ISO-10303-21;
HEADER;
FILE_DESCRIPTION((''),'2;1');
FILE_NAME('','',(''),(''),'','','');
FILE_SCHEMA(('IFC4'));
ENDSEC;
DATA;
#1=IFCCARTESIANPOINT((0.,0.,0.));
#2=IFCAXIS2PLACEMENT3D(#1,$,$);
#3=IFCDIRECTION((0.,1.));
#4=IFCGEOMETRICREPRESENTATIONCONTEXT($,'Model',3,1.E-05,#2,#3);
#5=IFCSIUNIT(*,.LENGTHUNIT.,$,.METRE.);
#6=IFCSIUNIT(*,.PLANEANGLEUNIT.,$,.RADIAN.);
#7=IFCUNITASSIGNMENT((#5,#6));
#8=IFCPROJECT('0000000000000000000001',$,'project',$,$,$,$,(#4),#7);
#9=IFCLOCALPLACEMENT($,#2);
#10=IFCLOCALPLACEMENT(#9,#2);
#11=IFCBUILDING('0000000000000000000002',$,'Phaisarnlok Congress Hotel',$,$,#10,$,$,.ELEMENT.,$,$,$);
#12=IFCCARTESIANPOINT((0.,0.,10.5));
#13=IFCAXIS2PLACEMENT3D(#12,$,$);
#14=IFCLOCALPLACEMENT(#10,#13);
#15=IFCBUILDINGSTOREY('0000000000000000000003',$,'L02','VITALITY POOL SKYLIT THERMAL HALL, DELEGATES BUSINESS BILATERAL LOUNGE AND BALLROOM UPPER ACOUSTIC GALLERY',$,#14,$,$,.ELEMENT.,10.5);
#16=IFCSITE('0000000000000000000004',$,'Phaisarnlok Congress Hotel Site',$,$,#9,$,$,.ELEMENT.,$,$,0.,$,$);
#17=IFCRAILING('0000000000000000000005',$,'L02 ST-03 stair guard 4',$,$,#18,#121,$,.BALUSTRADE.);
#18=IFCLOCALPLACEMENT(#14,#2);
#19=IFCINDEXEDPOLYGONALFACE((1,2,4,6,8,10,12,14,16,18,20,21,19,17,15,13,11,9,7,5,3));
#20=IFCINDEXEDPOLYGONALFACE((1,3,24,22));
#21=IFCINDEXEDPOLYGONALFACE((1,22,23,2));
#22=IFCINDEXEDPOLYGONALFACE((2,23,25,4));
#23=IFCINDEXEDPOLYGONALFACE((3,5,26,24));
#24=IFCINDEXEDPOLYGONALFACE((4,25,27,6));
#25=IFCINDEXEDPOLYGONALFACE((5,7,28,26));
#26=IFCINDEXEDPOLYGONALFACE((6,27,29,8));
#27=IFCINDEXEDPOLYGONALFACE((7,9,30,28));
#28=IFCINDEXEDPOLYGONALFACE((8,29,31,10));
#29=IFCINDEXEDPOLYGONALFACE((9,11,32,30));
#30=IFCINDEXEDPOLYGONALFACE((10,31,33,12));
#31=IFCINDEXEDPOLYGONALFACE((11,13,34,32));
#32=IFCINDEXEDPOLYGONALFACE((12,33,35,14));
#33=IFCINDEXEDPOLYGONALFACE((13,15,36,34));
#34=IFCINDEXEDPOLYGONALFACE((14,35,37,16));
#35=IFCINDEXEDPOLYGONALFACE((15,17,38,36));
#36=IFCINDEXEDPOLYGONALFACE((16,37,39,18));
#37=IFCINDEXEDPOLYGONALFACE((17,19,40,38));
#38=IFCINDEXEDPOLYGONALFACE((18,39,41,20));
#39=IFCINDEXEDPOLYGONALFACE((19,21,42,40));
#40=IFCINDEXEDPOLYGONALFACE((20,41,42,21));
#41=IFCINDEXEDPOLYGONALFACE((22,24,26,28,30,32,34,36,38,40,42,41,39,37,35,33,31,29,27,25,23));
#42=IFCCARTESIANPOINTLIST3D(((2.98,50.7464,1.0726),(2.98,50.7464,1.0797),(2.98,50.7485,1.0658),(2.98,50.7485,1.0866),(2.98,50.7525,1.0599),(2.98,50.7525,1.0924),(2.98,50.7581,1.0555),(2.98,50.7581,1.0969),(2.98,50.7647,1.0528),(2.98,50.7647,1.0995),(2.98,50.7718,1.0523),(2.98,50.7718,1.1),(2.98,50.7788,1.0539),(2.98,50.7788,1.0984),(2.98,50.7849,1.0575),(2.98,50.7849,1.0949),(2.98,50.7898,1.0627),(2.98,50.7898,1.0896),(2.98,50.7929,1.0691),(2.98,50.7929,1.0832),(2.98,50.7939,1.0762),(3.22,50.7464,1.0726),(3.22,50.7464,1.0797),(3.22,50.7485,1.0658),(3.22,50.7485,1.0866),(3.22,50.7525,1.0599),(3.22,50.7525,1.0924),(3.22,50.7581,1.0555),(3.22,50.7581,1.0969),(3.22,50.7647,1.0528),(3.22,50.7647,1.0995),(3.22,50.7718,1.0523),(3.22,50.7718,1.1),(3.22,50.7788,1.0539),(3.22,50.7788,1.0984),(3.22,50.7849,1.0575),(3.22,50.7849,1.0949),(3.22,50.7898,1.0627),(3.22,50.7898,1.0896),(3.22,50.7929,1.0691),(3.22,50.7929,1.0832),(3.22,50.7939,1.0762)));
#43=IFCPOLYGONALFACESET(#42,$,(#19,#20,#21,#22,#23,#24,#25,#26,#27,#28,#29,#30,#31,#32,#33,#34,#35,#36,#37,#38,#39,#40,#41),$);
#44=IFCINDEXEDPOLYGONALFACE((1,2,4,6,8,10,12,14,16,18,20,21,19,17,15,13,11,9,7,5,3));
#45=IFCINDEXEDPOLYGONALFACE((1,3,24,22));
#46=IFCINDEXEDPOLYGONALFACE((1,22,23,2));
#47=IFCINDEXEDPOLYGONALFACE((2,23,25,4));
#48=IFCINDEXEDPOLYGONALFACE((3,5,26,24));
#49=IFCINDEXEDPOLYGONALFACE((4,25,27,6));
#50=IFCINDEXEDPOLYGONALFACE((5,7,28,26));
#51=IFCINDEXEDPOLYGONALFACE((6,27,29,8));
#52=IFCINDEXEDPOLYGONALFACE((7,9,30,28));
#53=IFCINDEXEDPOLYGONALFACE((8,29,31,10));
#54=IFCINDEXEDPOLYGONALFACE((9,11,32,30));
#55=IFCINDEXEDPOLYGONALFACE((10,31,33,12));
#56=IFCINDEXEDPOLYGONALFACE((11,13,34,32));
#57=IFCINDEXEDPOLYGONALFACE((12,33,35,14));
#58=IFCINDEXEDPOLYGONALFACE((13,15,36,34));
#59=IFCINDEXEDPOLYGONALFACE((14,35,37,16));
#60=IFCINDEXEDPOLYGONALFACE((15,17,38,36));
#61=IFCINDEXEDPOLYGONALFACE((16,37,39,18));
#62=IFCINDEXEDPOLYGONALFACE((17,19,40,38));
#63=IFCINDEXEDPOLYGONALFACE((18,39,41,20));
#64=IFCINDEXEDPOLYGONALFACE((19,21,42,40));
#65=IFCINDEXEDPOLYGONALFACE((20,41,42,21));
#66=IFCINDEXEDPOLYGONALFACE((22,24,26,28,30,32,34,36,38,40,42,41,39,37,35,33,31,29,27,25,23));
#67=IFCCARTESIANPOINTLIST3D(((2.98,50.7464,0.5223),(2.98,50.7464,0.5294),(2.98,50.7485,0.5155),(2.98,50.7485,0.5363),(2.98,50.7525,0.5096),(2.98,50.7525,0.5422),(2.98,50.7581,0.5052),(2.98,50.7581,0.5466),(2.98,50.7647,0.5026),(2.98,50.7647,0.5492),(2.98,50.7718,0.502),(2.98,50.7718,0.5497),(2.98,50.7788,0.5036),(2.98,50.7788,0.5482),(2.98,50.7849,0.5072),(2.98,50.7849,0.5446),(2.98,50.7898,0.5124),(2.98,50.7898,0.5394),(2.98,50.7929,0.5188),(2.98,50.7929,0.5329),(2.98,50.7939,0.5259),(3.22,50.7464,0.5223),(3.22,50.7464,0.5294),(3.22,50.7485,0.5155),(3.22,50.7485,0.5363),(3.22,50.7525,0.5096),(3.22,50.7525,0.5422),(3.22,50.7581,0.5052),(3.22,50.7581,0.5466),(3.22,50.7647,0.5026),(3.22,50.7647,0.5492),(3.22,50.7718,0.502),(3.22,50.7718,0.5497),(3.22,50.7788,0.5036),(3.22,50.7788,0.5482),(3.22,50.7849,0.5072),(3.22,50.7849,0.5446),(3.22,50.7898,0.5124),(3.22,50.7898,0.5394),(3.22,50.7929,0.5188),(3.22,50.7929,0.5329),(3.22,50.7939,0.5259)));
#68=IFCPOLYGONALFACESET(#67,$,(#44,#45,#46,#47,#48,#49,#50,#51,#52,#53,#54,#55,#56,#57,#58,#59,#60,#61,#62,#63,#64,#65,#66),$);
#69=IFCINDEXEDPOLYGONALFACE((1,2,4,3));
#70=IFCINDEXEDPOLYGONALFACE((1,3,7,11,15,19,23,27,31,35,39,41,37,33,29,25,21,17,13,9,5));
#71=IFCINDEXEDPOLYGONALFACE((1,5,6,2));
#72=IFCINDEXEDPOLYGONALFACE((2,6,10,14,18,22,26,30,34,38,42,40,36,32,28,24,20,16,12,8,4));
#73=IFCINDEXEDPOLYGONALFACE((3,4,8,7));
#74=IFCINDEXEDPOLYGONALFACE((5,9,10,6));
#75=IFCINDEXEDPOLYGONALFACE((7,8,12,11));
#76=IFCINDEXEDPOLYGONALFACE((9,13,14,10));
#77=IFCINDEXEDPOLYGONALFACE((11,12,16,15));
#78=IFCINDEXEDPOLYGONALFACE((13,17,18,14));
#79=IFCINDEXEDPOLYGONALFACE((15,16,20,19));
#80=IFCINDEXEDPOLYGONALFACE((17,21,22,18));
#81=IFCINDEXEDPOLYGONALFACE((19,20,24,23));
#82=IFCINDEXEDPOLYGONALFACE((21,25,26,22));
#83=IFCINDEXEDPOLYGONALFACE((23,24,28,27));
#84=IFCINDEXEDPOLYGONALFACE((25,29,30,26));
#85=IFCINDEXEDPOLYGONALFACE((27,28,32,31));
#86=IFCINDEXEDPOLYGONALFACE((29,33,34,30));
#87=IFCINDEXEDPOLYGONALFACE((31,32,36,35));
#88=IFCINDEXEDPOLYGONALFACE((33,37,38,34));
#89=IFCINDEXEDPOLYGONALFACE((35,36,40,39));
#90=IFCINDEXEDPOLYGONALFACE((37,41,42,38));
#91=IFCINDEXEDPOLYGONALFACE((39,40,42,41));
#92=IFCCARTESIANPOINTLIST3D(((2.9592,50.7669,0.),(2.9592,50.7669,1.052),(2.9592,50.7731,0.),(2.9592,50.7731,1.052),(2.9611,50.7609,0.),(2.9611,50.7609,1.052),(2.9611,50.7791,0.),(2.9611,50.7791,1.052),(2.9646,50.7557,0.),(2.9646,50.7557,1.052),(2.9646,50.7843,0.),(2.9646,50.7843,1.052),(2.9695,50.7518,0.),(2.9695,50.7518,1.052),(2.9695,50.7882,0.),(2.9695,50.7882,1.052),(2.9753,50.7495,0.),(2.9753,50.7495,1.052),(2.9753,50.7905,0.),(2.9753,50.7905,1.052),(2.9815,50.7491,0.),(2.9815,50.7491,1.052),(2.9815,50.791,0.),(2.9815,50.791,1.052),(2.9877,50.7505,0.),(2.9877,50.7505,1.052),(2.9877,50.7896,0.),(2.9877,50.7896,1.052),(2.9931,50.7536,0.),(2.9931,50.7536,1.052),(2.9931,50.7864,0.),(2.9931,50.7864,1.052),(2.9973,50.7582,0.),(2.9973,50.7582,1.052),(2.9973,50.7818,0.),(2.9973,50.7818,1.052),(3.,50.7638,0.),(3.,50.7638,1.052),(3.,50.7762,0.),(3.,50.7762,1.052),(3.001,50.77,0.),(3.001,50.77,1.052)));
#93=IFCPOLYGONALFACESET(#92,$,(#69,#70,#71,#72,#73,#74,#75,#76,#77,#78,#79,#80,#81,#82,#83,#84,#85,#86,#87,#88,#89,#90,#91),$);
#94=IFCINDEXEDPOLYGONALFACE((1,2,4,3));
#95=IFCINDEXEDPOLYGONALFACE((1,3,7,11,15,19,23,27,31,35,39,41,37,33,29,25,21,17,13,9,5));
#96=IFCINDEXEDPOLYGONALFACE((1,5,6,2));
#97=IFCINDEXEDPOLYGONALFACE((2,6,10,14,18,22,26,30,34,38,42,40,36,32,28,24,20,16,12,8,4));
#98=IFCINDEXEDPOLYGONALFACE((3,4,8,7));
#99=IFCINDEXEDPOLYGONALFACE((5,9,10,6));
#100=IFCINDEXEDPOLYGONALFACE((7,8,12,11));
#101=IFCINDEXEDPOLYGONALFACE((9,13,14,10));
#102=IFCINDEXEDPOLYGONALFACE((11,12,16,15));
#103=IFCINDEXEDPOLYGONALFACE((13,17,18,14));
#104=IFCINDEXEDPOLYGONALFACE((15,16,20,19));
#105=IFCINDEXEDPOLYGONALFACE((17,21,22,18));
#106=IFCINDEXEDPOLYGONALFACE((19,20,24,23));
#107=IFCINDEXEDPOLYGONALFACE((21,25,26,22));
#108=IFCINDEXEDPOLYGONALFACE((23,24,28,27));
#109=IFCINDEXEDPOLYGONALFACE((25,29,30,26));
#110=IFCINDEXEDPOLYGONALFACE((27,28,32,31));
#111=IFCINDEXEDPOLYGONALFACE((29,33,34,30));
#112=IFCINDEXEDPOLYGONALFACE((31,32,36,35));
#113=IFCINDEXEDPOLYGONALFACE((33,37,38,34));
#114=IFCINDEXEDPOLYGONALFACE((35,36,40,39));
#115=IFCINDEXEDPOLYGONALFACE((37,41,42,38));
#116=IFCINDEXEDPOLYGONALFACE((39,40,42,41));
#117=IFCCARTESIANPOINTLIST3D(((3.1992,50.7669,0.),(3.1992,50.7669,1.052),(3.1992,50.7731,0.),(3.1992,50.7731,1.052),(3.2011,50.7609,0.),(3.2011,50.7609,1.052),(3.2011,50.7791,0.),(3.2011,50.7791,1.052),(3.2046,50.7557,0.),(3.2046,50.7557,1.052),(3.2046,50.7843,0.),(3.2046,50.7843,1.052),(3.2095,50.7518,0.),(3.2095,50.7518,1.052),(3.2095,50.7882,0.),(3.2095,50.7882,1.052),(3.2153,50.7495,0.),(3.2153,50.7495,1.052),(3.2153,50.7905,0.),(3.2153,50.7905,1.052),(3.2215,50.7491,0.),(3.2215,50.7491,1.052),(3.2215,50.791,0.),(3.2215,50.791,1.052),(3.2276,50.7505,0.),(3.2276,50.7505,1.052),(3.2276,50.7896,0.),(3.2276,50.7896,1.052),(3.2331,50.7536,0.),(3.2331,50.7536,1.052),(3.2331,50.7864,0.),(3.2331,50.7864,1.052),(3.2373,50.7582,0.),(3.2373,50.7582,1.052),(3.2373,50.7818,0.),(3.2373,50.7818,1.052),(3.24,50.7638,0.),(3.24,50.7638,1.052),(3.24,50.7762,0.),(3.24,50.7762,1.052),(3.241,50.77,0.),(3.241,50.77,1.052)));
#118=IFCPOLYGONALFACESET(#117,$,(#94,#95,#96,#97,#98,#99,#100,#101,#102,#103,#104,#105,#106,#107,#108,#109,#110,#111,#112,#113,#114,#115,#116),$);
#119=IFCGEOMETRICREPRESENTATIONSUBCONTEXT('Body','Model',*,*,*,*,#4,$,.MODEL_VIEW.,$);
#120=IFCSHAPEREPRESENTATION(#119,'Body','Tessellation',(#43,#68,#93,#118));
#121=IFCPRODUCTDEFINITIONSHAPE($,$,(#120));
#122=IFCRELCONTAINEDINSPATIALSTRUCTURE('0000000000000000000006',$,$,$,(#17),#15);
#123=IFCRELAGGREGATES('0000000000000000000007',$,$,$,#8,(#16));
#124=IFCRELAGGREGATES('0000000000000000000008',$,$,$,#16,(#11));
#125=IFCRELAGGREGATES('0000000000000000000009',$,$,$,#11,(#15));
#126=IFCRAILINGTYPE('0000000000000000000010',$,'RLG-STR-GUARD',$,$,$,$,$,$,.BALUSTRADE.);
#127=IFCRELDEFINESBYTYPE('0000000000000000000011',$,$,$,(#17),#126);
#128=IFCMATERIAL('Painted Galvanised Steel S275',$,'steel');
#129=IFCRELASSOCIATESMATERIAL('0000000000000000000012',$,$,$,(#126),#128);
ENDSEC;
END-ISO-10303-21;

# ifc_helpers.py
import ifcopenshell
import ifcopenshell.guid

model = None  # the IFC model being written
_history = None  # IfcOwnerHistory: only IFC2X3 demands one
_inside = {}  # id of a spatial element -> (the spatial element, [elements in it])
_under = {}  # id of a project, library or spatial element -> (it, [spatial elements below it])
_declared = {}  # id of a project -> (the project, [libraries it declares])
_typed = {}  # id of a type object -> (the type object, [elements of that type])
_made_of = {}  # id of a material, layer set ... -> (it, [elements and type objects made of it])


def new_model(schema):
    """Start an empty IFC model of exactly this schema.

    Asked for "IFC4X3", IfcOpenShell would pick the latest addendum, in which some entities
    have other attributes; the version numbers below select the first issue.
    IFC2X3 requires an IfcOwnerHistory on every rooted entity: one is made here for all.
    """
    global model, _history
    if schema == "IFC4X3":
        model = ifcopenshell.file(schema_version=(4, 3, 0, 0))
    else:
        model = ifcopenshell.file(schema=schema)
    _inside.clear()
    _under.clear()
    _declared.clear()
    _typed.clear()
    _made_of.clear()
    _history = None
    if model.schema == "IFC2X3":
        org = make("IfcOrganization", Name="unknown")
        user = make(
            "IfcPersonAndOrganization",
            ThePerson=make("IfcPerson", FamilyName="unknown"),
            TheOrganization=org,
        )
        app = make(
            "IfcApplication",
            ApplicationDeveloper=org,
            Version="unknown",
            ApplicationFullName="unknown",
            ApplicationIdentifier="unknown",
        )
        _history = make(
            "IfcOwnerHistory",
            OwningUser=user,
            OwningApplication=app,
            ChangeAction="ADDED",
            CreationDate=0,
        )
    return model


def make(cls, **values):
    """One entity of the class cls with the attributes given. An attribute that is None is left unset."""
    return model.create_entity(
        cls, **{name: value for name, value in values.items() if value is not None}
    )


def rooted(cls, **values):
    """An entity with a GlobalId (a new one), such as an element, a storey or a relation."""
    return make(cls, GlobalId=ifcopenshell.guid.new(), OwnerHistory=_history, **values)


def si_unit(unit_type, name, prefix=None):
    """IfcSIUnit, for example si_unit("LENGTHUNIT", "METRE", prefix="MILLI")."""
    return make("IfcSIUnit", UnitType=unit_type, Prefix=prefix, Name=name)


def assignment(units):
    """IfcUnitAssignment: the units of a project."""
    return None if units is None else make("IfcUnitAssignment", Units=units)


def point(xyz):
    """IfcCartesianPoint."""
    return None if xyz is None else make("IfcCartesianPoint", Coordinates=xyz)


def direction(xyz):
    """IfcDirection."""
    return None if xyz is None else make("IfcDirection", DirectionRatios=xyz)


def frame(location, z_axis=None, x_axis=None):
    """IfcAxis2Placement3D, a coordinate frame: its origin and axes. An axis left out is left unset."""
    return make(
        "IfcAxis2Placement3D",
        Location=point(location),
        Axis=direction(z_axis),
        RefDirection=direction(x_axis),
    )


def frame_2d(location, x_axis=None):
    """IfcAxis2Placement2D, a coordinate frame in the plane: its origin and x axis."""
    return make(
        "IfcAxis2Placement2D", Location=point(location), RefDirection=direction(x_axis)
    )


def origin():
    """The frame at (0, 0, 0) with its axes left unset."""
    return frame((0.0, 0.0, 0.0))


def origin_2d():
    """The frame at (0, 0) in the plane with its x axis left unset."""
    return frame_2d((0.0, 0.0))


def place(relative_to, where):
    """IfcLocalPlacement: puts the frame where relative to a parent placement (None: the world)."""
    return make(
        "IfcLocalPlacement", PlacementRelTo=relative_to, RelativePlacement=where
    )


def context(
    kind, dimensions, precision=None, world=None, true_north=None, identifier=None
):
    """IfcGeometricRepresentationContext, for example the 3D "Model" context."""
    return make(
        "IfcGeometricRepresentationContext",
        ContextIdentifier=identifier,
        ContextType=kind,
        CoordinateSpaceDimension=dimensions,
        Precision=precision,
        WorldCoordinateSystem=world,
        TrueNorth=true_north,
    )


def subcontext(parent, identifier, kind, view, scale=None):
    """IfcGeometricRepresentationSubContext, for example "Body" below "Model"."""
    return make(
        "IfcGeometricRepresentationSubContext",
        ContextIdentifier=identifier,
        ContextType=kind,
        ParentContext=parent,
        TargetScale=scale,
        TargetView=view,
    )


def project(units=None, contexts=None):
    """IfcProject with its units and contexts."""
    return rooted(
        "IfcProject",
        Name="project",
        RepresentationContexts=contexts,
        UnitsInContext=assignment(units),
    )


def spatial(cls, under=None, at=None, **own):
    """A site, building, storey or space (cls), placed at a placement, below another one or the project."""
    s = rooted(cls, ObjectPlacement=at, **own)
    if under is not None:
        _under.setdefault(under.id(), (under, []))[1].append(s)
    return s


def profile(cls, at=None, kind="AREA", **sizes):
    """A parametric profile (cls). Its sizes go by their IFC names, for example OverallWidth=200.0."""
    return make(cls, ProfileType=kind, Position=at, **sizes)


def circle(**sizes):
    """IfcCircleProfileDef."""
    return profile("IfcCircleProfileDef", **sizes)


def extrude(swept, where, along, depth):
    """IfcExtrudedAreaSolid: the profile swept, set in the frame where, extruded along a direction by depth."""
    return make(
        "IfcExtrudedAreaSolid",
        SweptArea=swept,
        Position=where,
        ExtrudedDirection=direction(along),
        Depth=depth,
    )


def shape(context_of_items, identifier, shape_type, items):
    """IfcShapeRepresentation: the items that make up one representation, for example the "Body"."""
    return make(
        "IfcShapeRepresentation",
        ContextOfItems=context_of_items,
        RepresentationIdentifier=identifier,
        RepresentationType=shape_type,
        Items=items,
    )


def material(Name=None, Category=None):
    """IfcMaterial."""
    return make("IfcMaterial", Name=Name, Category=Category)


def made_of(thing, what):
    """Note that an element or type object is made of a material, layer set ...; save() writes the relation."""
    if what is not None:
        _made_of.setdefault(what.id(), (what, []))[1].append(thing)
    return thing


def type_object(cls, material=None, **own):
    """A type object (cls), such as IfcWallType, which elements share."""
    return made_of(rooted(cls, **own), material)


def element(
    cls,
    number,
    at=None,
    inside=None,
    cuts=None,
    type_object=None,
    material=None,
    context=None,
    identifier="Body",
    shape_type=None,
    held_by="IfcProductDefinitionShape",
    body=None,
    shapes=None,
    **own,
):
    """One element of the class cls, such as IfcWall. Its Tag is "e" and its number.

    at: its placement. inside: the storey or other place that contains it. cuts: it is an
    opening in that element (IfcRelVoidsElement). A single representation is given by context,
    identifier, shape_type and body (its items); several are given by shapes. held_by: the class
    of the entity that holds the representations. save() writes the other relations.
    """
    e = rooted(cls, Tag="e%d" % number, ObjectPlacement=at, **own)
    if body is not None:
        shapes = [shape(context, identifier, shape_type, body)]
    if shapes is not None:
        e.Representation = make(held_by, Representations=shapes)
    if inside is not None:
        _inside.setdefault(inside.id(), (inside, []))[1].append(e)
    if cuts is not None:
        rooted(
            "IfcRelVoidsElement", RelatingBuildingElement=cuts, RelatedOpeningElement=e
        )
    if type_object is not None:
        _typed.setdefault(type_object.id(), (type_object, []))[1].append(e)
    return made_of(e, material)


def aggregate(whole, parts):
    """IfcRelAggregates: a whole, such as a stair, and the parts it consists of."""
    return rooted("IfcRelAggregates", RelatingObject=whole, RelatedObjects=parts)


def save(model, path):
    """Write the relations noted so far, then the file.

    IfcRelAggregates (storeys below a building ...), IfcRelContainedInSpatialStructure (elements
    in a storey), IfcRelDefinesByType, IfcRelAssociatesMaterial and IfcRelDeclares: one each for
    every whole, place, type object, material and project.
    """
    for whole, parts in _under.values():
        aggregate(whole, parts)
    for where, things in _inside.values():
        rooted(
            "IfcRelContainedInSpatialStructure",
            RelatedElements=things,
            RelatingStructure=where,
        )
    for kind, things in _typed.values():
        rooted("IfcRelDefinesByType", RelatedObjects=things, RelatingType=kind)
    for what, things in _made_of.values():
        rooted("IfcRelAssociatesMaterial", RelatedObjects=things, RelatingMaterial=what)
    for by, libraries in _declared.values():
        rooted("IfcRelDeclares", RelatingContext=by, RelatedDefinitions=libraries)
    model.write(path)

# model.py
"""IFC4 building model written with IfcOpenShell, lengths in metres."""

from ifc_helpers import new_model, si_unit, direction, frame, origin, origin_2d, place, context, subcontext, project, spatial, circle, extrude, material, type_object, element, save


model = new_model("IFC4")

# Units and contexts
model_context = context("Model", 3, precision=1e-05, world=origin(), true_north=direction((0.0, 1.0)))
body_context = subcontext(model_context, "Body", "Model", "MODEL_VIEW")
ifc_project = project(units=[si_unit("LENGTHUNIT", "METRE"), si_unit("PLANEANGLEUNIT", "RADIAN")], contexts=[model_context])

# Site, building, storey
site_placement = place(None, origin())
site = spatial("IfcSite", under=ifc_project, at=site_placement, Name="Phaisarnlok Congress Hotel Site", CompositionType="ELEMENT", RefElevation=0.0)
building_placement = place(site_placement, origin())
building = spatial("IfcBuilding", under=site, at=building_placement, Name="Phaisarnlok Congress Hotel", CompositionType="ELEMENT")
storey_placement = place(building_placement, frame((0.0, 0.0, 10.5)))
storey = spatial("IfcBuildingStorey", under=building, at=storey_placement, Name="L02", Description="VITALITY POOL SKYLIT THERMAL HALL, DELEGATES BUSINESS BILATERAL LOUNGE AND BALLROOM UPPER ACOUSTIC GALLERY", CompositionType="ELEMENT", Elevation=10.5)

# Railing
ifc_material_1 = material(Name="Painted Galvanised Steel S275", Category="steel")
railing_type_1 = type_object("IfcRailingType", Name="RLG-STR-GUARD", PredefinedType="BALUSTRADE", material=ifc_material_1)
railing_1_placement = place(storey_placement, frame((2.98, 50.77, 0.0)))
element("IfcRailing", 1, at=railing_1_placement, inside=storey, type_object=railing_type_1, Name="L02 ST-03 stair guard 4", PredefinedType="BALUSTRADE", context=body_context, shape_type="SweptSolid", body=[
    extrude(circle(Radius=0.0239, at=origin_2d()), frame((0.0, 0.0, 1.0762), z_axis=(1.0, 0.0, 0.0), x_axis=(0.0, 1.0, 0.0)), (0.0, 0.0, 1.0), 0.24),
    extrude(circle(Radius=0.0239, at=origin_2d()), frame((0.0, 0.0, 0.5259), z_axis=(1.0, 0.0, 0.0), x_axis=(0.0, 1.0, 0.0)), (0.0, 0.0, 1.0), 0.24),
    extrude(circle(Radius=0.021, at=origin_2d()), origin(), (0.0, 0.0, 1.0), 1.052),
    extrude(circle(Radius=0.021, at=origin_2d()), frame((0.24, 0.0, 0.0)), (0.0, 0.0, 1.0), 1.052),
])

save(model, "model.ifc")
